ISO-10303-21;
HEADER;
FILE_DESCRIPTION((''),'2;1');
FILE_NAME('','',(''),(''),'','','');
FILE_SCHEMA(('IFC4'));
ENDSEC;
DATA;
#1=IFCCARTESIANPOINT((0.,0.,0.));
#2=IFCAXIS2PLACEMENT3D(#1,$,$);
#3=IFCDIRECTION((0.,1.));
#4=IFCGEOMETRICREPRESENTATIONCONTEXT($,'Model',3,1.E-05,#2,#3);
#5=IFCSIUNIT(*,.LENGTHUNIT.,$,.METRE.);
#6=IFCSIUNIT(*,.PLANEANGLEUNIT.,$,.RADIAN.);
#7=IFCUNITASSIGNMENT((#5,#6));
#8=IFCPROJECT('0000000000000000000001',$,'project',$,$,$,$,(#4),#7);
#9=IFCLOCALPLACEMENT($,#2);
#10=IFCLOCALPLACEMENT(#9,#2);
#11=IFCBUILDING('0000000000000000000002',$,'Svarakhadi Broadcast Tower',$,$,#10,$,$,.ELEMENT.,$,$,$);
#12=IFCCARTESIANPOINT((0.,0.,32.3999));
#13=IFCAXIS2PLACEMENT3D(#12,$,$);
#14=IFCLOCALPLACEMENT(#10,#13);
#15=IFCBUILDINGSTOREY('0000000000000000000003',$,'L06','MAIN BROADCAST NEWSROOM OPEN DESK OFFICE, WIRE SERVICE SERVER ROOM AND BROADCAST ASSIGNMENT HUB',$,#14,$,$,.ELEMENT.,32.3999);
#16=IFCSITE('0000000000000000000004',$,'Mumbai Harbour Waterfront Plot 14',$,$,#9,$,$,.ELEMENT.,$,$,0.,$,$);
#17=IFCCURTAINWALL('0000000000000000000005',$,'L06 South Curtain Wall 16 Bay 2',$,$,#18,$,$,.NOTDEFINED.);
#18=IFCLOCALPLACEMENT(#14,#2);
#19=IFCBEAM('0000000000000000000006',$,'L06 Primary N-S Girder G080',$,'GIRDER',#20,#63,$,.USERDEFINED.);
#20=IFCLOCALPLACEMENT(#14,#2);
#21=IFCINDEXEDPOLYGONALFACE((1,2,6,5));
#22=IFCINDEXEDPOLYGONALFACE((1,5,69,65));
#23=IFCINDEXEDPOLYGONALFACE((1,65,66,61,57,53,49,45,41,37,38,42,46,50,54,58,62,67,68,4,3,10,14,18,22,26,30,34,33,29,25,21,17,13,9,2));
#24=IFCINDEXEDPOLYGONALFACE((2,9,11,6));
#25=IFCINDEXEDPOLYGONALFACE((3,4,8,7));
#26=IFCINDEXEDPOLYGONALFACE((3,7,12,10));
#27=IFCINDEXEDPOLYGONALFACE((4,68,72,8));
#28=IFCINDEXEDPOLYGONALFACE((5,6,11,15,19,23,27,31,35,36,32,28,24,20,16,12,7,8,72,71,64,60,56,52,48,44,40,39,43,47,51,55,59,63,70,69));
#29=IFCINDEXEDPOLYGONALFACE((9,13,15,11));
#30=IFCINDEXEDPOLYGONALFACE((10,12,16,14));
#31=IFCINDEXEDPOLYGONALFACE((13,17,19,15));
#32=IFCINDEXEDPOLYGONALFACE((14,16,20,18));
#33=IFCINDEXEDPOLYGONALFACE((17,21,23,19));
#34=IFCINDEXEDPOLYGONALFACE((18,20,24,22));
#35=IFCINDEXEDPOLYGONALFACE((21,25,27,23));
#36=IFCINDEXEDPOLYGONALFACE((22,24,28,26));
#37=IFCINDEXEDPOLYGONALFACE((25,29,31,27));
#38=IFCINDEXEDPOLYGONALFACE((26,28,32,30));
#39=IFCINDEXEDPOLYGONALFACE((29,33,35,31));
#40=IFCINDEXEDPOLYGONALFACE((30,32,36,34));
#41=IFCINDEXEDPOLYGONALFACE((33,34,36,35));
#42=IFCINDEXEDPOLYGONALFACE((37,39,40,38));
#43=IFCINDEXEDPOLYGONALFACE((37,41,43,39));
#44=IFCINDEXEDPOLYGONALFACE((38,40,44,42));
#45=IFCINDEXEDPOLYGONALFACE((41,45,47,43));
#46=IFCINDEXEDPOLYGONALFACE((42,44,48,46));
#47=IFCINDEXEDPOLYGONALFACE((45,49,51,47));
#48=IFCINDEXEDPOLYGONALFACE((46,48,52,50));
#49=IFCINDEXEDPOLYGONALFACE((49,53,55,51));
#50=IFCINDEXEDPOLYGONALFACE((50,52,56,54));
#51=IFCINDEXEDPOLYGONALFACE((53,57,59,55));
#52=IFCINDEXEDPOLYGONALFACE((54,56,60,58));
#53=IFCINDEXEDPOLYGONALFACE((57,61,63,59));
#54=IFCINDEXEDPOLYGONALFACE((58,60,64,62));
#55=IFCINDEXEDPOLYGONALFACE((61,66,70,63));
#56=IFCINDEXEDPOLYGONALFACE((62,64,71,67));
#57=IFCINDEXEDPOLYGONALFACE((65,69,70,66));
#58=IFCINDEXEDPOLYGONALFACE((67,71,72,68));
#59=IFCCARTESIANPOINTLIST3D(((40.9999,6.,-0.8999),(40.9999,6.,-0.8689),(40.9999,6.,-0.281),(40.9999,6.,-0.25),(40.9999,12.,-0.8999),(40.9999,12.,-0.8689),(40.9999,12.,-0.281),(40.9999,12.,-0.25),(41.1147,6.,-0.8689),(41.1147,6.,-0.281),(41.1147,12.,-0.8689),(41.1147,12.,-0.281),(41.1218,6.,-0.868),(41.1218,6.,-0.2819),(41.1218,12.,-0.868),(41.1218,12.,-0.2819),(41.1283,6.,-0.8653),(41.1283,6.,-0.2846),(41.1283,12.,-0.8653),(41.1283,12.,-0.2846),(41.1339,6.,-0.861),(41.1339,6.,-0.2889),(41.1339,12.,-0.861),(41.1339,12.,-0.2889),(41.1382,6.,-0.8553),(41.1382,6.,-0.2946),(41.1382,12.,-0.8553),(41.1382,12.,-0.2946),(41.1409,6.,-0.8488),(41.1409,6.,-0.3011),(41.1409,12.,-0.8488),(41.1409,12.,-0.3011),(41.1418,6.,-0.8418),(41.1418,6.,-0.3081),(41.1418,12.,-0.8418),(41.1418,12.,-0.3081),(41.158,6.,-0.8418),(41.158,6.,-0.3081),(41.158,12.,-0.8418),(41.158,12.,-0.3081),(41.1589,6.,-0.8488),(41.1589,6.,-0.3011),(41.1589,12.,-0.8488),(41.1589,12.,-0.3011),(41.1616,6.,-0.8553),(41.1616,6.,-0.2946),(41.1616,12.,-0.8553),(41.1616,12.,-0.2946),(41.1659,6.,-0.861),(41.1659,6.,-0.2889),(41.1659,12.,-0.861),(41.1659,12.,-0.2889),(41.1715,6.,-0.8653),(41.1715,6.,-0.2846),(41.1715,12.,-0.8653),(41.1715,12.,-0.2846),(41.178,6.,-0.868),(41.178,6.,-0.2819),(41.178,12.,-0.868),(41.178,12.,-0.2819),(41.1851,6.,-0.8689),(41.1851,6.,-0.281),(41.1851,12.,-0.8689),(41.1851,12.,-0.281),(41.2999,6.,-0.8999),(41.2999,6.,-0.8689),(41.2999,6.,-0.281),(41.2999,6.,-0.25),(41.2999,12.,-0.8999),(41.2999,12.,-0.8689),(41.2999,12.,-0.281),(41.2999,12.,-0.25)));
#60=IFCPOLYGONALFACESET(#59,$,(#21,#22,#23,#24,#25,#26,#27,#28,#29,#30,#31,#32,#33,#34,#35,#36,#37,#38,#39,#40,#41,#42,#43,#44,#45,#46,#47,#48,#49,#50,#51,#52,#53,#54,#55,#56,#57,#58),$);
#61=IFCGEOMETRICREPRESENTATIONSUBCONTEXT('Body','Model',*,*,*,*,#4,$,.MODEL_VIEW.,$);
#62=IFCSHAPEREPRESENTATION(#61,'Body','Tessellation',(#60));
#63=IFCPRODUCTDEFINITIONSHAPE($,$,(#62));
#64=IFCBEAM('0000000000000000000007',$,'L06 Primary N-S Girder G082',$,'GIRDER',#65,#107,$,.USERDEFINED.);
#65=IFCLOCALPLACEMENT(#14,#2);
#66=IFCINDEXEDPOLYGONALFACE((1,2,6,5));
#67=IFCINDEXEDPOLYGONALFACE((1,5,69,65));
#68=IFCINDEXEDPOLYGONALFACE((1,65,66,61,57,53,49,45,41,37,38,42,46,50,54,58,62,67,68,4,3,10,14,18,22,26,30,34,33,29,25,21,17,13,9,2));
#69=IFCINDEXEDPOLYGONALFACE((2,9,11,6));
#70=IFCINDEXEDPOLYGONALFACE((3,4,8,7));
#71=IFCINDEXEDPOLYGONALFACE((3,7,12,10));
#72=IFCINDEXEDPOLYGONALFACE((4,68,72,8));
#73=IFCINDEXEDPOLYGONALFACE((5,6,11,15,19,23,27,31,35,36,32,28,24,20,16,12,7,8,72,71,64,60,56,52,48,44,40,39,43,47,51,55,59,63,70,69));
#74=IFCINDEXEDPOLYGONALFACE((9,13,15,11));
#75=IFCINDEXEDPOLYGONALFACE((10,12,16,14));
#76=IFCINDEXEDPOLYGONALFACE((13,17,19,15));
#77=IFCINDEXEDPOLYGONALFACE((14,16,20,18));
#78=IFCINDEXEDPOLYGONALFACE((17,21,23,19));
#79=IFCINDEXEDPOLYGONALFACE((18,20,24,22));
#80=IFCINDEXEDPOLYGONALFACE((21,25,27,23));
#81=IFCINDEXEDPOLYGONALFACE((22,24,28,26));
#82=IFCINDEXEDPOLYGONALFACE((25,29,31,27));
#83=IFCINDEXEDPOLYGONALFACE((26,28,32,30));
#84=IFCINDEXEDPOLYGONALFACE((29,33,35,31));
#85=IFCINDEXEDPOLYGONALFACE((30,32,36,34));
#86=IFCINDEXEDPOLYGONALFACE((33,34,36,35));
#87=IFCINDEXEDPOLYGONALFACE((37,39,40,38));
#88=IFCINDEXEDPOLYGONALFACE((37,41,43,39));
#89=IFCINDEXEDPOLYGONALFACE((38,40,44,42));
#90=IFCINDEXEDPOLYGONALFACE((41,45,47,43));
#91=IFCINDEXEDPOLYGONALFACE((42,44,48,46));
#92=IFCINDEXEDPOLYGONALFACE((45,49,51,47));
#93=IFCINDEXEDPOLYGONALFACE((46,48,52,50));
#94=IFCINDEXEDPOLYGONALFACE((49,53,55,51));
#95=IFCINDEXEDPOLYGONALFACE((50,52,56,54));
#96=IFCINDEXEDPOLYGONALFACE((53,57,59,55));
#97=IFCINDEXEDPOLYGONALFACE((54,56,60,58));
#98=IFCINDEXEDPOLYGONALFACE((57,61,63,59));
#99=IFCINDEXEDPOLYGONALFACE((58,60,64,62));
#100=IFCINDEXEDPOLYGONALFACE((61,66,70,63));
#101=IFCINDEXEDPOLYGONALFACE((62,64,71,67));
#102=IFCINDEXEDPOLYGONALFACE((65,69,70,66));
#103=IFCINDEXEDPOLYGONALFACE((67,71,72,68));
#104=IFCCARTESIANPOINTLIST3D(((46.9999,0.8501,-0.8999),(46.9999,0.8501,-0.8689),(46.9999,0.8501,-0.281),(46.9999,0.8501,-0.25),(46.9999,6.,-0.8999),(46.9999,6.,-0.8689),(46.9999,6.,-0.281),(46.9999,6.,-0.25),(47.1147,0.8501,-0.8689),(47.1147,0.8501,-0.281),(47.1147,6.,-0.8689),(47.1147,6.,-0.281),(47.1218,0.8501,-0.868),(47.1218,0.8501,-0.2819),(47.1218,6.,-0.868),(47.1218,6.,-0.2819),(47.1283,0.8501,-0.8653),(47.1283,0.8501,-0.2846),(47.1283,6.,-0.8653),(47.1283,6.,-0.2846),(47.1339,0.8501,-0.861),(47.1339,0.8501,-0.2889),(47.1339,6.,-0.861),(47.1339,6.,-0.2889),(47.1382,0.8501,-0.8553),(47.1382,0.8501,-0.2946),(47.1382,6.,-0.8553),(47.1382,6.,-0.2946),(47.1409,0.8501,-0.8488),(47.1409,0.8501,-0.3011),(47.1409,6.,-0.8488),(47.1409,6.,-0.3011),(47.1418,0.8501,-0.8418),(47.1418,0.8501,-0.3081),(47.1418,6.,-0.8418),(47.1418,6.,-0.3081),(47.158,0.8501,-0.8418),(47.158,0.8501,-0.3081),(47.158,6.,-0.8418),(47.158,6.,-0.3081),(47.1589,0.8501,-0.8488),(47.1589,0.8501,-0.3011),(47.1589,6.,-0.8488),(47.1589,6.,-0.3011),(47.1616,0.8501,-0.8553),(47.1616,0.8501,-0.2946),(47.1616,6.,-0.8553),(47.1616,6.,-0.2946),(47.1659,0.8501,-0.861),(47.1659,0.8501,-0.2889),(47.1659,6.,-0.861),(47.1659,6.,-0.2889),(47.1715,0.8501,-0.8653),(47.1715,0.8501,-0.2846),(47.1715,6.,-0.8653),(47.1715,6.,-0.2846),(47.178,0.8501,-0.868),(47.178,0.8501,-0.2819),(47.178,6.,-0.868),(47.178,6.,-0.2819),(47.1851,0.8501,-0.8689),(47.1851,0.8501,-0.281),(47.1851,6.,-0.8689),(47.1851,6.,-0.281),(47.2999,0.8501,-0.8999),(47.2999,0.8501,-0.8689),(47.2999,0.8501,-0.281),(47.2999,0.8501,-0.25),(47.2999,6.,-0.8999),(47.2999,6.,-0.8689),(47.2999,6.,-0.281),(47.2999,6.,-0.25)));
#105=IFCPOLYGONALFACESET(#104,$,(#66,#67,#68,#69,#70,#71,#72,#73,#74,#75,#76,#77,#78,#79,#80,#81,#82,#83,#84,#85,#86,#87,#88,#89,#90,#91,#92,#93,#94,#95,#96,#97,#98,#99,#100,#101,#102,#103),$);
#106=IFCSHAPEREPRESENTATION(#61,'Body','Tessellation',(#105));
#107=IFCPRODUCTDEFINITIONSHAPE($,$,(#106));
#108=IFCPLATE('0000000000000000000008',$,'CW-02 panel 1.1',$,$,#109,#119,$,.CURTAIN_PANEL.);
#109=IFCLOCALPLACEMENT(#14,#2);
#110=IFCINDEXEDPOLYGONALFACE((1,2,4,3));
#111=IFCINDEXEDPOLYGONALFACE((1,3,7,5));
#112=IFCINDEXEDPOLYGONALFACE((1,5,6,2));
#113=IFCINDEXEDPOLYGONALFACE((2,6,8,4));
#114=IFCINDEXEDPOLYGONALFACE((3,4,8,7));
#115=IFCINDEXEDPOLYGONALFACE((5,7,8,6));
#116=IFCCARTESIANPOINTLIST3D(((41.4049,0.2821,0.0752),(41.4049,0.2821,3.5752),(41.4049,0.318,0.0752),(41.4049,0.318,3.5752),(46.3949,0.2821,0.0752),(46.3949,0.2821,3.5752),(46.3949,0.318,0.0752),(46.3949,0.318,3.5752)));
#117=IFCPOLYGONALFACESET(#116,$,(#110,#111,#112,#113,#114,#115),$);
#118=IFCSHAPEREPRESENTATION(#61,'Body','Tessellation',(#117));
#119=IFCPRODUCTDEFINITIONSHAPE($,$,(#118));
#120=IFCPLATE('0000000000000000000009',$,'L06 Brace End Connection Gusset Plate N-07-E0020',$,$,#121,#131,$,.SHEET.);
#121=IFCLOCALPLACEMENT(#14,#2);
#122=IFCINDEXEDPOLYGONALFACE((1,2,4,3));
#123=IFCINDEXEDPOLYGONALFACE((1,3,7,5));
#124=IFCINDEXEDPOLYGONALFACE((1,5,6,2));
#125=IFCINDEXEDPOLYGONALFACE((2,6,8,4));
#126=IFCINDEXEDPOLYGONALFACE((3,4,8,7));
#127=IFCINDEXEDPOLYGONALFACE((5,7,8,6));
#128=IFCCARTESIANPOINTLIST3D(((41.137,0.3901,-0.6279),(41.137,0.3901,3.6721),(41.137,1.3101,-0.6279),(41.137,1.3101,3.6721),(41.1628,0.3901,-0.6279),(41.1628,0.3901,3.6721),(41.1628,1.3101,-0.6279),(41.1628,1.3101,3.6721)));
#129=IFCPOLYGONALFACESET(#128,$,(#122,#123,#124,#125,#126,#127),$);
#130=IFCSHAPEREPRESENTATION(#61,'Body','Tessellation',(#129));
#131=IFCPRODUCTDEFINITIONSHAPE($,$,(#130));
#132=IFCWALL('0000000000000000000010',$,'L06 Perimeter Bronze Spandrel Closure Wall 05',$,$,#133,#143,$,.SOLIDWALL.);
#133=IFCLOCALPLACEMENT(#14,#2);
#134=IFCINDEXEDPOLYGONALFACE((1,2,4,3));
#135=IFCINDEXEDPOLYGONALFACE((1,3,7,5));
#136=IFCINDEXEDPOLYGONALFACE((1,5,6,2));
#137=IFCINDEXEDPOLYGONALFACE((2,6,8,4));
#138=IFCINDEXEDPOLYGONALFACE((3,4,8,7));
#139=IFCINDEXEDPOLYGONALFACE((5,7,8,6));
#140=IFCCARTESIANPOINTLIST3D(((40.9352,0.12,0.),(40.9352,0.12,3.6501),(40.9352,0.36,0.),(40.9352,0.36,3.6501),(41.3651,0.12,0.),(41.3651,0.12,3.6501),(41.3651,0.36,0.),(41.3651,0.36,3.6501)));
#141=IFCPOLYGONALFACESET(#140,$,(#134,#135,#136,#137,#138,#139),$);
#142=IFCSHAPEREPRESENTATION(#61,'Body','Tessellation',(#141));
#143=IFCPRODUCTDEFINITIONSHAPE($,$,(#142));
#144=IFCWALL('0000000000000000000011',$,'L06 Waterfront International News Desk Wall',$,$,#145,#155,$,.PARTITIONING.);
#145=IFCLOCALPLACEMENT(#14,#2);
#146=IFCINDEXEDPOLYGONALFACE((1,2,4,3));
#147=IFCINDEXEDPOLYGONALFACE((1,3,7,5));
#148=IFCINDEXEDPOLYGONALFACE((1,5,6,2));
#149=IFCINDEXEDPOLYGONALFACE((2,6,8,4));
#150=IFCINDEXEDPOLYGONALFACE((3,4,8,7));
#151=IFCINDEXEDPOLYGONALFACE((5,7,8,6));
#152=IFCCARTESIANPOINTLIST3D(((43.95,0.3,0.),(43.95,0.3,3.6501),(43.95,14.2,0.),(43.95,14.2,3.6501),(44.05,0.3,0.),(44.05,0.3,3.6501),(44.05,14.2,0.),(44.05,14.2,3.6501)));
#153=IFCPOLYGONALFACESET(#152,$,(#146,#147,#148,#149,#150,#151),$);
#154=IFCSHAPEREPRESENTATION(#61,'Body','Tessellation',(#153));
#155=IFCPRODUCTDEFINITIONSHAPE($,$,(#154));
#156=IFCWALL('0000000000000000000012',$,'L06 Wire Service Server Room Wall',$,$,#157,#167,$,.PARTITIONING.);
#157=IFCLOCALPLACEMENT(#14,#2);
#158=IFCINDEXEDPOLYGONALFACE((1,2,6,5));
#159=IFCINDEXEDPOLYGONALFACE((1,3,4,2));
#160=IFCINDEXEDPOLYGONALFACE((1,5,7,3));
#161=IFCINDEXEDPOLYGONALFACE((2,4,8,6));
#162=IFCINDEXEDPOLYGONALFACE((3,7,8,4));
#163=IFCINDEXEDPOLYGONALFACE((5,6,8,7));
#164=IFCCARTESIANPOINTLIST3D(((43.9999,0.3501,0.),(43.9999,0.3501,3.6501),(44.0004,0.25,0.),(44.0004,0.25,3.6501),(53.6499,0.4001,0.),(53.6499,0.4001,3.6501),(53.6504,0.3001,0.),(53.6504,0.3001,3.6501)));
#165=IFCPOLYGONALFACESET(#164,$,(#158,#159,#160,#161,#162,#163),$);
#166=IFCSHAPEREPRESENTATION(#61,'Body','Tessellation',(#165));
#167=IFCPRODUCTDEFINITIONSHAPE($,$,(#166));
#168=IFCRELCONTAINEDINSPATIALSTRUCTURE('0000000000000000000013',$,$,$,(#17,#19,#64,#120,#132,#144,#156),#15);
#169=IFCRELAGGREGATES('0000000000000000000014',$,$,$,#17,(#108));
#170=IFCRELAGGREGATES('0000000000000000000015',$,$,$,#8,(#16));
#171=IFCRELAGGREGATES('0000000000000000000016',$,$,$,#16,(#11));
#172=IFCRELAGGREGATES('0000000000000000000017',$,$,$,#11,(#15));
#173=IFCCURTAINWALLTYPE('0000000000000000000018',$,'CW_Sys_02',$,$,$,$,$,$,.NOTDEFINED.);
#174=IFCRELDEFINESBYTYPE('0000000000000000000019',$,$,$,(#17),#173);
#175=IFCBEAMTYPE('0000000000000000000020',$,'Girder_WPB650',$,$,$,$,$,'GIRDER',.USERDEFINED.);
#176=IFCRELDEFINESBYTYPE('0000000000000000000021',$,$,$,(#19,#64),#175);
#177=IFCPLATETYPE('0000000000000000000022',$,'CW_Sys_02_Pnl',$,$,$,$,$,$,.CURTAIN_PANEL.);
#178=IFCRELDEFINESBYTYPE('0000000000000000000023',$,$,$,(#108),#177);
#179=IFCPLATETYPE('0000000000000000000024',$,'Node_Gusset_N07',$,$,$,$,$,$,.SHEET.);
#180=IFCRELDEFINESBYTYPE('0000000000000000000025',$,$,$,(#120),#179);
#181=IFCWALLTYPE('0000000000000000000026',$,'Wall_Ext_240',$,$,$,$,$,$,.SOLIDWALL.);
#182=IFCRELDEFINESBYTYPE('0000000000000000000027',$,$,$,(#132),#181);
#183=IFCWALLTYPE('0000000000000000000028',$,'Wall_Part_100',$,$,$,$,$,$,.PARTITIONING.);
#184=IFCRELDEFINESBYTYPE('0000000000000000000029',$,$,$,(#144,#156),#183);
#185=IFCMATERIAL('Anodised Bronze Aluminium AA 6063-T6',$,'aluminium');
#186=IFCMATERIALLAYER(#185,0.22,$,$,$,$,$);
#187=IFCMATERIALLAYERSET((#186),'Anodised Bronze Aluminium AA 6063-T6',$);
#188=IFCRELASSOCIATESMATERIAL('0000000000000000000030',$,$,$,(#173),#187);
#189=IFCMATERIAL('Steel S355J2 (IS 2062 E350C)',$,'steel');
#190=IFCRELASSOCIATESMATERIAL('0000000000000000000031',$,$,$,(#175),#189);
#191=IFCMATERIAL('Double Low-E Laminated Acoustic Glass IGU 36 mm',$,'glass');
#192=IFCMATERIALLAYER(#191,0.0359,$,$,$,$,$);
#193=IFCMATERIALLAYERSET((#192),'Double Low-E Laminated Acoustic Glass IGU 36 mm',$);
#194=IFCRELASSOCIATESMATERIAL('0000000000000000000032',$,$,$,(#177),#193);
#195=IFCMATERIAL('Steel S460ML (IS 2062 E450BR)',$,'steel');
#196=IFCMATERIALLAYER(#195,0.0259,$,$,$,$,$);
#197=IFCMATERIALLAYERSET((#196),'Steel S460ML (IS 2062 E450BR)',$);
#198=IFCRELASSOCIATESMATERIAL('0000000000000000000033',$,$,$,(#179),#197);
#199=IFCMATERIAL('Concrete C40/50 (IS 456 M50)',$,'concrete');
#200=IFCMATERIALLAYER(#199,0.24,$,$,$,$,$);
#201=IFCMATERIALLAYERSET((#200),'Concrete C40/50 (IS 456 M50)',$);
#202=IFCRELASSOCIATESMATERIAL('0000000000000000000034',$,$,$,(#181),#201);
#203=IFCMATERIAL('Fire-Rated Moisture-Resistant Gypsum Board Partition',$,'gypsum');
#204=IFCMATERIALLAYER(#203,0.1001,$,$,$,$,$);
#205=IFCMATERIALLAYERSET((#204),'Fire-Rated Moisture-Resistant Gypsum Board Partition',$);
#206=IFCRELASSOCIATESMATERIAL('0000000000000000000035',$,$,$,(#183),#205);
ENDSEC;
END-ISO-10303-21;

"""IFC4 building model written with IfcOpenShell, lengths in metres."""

from ifc_helpers import new_model, si_unit, direction, frame, frame_2d, origin, origin_2d, place, context, subcontext, project, spatial, rectangle, i_section, extrude, material, layer, layer_set, material_profile, profile_set, type_object, element, aggregate, save


model = new_model("IFC4")

# Units and contexts
model_context = context("Model", 3, precision=1e-05, world=origin(), true_north=direction((0.0, 1.0)))
body_context = subcontext(model_context, "Body", "Model", "MODEL_VIEW")
ifc_project = project(units=[si_unit("LENGTHUNIT", "METRE"), si_unit("PLANEANGLEUNIT", "RADIAN")], contexts=[model_context])

# Site, building, storey
site_placement = place(None, origin())
site = spatial("IfcSite", under=ifc_project, at=site_placement, Name="Mumbai Harbour Waterfront Plot 14", CompositionType="ELEMENT", RefElevation=0.0)
building_placement = place(site_placement, origin())
building = spatial("IfcBuilding", under=site, at=building_placement, Name="Svarakhadi Broadcast Tower", CompositionType="ELEMENT")
storey_placement = place(building_placement, frame((0.0, 0.0, 32.3999)))
storey = spatial("IfcBuildingStorey", under=building, at=storey_placement, Name="L06", Description="MAIN BROADCAST NEWSROOM OPEN DESK OFFICE, WIRE SERVICE SERVER ROOM AND BROADCAST ASSIGNMENT HUB", CompositionType="ELEMENT", Elevation=32.3999)

# Shared definitions
ifc_material_1 = material(Name="Steel S460ML (IS 2062 E450BR)", Category="steel")

# Shared definitions
ifc_material_2 = material(Name="Steel S355J2 (IS 2062 E350C)", Category="steel")

# Curtain wall
ifc_material_3 = material(Name="Anodised Bronze Aluminium AA 6063-T6", Category="aluminium")
ifc_layer_1 = layer(ifc_material_3, 0.22)
ifc_layer_set_1 = layer_set([ifc_layer_1], Name="Anodised Bronze Aluminium AA 6063-T6")
curtain_wall_type = type_object("IfcCurtainWallType", Name="CW_Sys_02", PredefinedType="NOTDEFINED", material=ifc_layer_set_1)
curtain_wall_placement = place(storey_placement, origin())
curtain_wall = element("IfcCurtainWall", 1, at=curtain_wall_placement, inside=storey, type_object=curtain_wall_type, Name="L06 South Curtain Wall 16 Bay 2", PredefinedType="NOTDEFINED")

# Beams
ifc_material_profile_1 = material_profile(ifc_material_2, i_section(OverallWidth=0.3, OverallDepth=0.6499, WebThickness=0.0161, FlangeThickness=0.031, FilletRadius=0.0271, at=origin_2d()), Name="WPB 650x300x225")
ifc_profile_set_1 = profile_set([ifc_material_profile_1], Name="Steel S355J2 (IS 2062 E350C)")
beam_type_1 = type_object("IfcBeamType", Name="Girder_WPB650", ElementType="GIRDER", PredefinedType="USERDEFINED", material=ifc_profile_set_1)
beam_1_placement = place(storey_placement, frame((41.1499, 6.0, -0.575), z_axis=(0.0, 1.0, 0.0), x_axis=(-1.0, 0.0, 0.0)))
element("IfcBeam", 2, at=beam_1_placement, inside=storey, type_object=beam_type_1, Name="L06 Primary N-S Girder G080", ObjectType="GIRDER", PredefinedType="USERDEFINED", context=body_context, shape_type="SweptSolid", body=[
    extrude(i_section(OverallWidth=0.3, OverallDepth=0.6499, WebThickness=0.0161, FlangeThickness=0.031, FilletRadius=0.0271, at=origin_2d()), origin(), (0.0, 0.0, 1.0), 6.0),
])
beam_2_placement = place(storey_placement, frame((47.1499, 0.8501, -0.575), z_axis=(0.0, 1.0, 0.0), x_axis=(-1.0, 0.0, 0.0)))
element("IfcBeam", 3, at=beam_2_placement, inside=storey, type_object=beam_type_1, Name="L06 Primary N-S Girder G082", ObjectType="GIRDER", PredefinedType="USERDEFINED", context=body_context, shape_type="SweptSolid", body=[
    extrude(i_section(OverallWidth=0.3, OverallDepth=0.6499, WebThickness=0.0161, FlangeThickness=0.031, FilletRadius=0.0271, at=origin_2d()), origin(), (0.0, 0.0, 1.0), 5.1499),
])

# Plates
ifc_material_4 = material(Name="Double Low-E Laminated Acoustic Glass IGU 36 mm", Category="glass")
ifc_layer_2 = layer(ifc_material_4, 0.0359)
ifc_layer_set_2 = layer_set([ifc_layer_2], Name="Double Low-E Laminated Acoustic Glass IGU 36 mm")
plate_type_1 = type_object("IfcPlateType", Name="CW_Sys_02_Pnl", PredefinedType="CURTAIN_PANEL", material=ifc_layer_set_2)
plate_1_placement = place(storey_placement, frame((43.8999, 0.3, 0.0752), z_axis=(0.0, 0.0, 1.0), x_axis=(-1.0, 0.0, 0.0)))
plate_1 = element("IfcPlate", 4, at=plate_1_placement, type_object=plate_type_1, Name="CW-02 panel 1.1", PredefinedType="CURTAIN_PANEL", context=body_context, shape_type="SweptSolid", body=[
    extrude(rectangle(XDim=4.99, YDim=0.0359, at=origin_2d()), origin(), (0.0, 0.0, 1.0), 3.5),
])
aggregate(curtain_wall, [plate_1])
ifc_layer_3 = layer(ifc_material_1, 0.0259)
ifc_layer_set_3 = layer_set([ifc_layer_3], Name="Steel S460ML (IS 2062 E450BR)")
plate_type_2 = type_object("IfcPlateType", Name="Node_Gusset_N07", PredefinedType="SHEET", material=ifc_layer_set_3)
plate_2_placement = place(storey_placement, frame((41.1499, 0.8501, -0.6279), z_axis=(0.0, 0.0, 1.0), x_axis=(0.0, 1.0, 0.0)))
element("IfcPlate", 5, at=plate_2_placement, inside=storey, type_object=plate_type_2, Name="L06 Brace End Connection Gusset Plate N-07-E0020", PredefinedType="SHEET", context=body_context, shape_type="SweptSolid", body=[
    extrude(rectangle(XDim=0.9199, YDim=0.0259, at=origin_2d()), origin(), (0.0, 0.0, 1.0), 4.3),
])

# Walls
ifc_material_5 = material(Name="Concrete C40/50 (IS 456 M50)", Category="concrete")
ifc_layer_4 = layer(ifc_material_5, 0.24)
ifc_layer_set_4 = layer_set([ifc_layer_4], Name="Concrete C40/50 (IS 456 M50)")
wall_type_1 = type_object("IfcWallType", Name="Wall_Ext_240", PredefinedType="SOLIDWALL", material=ifc_layer_set_4)
wall_1_placement = place(storey_placement, frame((41.365, 0.24, 0.0), z_axis=(0.0, 0.0, 1.0), x_axis=(-1.0, 0.0, 0.0)))
element("IfcWall", 6, at=wall_1_placement, inside=storey, type_object=wall_type_1, Name="L06 Perimeter Bronze Spandrel Closure Wall 05", PredefinedType="SOLIDWALL", context=body_context, shape_type="SweptSolid", body=[
    extrude(rectangle(XDim=0.4299, YDim=0.24, at=frame_2d((0.2148, 0.0))), origin(), (0.0, 0.0, 1.0), 3.6501),
])
ifc_material_6 = material(Name="Fire-Rated Moisture-Resistant Gypsum Board Partition", Category="gypsum")
ifc_layer_5 = layer(ifc_material_6, 0.1001)
ifc_layer_set_5 = layer_set([ifc_layer_5], Name="Fire-Rated Moisture-Resistant Gypsum Board Partition")
wall_type_2 = type_object("IfcWallType", Name="Wall_Part_100", PredefinedType="PARTITIONING", material=ifc_layer_set_5)
wall_2_placement = place(storey_placement, frame((44.0, 0.3, 0.0), z_axis=(0.0, 0.0, 1.0), x_axis=(0.0, 1.0, 0.0)))
element("IfcWall", 7, at=wall_2_placement, inside=storey, type_object=wall_type_2, Name="L06 Waterfront International News Desk Wall", PredefinedType="PARTITIONING", context=body_context, shape_type="SweptSolid", body=[
    extrude(rectangle(XDim=13.8999, YDim=0.1001, at=frame_2d((6.95, 0.0))), origin(), (0.0, 0.0, 1.0), 3.6501),
])
wall_3_placement = place(storey_placement, frame((44.0, 0.3, 0.0), z_axis=(0.0, 0.0, 1.0), x_axis=(0.999987, 0.005186, 0.0)))
element("IfcWall", 8, at=wall_3_placement, inside=storey, type_object=wall_type_2, Name="L06 Wire Service Server Room Wall", PredefinedType="PARTITIONING", context=body_context, shape_type="SweptSolid", body=[
    extrude(rectangle(XDim=9.6501, YDim=0.1001, at=frame_2d((4.8252, 0.0))), origin(), (0.0, 0.0, 1.0), 3.6501),
])

save(model, "model.ifc")
